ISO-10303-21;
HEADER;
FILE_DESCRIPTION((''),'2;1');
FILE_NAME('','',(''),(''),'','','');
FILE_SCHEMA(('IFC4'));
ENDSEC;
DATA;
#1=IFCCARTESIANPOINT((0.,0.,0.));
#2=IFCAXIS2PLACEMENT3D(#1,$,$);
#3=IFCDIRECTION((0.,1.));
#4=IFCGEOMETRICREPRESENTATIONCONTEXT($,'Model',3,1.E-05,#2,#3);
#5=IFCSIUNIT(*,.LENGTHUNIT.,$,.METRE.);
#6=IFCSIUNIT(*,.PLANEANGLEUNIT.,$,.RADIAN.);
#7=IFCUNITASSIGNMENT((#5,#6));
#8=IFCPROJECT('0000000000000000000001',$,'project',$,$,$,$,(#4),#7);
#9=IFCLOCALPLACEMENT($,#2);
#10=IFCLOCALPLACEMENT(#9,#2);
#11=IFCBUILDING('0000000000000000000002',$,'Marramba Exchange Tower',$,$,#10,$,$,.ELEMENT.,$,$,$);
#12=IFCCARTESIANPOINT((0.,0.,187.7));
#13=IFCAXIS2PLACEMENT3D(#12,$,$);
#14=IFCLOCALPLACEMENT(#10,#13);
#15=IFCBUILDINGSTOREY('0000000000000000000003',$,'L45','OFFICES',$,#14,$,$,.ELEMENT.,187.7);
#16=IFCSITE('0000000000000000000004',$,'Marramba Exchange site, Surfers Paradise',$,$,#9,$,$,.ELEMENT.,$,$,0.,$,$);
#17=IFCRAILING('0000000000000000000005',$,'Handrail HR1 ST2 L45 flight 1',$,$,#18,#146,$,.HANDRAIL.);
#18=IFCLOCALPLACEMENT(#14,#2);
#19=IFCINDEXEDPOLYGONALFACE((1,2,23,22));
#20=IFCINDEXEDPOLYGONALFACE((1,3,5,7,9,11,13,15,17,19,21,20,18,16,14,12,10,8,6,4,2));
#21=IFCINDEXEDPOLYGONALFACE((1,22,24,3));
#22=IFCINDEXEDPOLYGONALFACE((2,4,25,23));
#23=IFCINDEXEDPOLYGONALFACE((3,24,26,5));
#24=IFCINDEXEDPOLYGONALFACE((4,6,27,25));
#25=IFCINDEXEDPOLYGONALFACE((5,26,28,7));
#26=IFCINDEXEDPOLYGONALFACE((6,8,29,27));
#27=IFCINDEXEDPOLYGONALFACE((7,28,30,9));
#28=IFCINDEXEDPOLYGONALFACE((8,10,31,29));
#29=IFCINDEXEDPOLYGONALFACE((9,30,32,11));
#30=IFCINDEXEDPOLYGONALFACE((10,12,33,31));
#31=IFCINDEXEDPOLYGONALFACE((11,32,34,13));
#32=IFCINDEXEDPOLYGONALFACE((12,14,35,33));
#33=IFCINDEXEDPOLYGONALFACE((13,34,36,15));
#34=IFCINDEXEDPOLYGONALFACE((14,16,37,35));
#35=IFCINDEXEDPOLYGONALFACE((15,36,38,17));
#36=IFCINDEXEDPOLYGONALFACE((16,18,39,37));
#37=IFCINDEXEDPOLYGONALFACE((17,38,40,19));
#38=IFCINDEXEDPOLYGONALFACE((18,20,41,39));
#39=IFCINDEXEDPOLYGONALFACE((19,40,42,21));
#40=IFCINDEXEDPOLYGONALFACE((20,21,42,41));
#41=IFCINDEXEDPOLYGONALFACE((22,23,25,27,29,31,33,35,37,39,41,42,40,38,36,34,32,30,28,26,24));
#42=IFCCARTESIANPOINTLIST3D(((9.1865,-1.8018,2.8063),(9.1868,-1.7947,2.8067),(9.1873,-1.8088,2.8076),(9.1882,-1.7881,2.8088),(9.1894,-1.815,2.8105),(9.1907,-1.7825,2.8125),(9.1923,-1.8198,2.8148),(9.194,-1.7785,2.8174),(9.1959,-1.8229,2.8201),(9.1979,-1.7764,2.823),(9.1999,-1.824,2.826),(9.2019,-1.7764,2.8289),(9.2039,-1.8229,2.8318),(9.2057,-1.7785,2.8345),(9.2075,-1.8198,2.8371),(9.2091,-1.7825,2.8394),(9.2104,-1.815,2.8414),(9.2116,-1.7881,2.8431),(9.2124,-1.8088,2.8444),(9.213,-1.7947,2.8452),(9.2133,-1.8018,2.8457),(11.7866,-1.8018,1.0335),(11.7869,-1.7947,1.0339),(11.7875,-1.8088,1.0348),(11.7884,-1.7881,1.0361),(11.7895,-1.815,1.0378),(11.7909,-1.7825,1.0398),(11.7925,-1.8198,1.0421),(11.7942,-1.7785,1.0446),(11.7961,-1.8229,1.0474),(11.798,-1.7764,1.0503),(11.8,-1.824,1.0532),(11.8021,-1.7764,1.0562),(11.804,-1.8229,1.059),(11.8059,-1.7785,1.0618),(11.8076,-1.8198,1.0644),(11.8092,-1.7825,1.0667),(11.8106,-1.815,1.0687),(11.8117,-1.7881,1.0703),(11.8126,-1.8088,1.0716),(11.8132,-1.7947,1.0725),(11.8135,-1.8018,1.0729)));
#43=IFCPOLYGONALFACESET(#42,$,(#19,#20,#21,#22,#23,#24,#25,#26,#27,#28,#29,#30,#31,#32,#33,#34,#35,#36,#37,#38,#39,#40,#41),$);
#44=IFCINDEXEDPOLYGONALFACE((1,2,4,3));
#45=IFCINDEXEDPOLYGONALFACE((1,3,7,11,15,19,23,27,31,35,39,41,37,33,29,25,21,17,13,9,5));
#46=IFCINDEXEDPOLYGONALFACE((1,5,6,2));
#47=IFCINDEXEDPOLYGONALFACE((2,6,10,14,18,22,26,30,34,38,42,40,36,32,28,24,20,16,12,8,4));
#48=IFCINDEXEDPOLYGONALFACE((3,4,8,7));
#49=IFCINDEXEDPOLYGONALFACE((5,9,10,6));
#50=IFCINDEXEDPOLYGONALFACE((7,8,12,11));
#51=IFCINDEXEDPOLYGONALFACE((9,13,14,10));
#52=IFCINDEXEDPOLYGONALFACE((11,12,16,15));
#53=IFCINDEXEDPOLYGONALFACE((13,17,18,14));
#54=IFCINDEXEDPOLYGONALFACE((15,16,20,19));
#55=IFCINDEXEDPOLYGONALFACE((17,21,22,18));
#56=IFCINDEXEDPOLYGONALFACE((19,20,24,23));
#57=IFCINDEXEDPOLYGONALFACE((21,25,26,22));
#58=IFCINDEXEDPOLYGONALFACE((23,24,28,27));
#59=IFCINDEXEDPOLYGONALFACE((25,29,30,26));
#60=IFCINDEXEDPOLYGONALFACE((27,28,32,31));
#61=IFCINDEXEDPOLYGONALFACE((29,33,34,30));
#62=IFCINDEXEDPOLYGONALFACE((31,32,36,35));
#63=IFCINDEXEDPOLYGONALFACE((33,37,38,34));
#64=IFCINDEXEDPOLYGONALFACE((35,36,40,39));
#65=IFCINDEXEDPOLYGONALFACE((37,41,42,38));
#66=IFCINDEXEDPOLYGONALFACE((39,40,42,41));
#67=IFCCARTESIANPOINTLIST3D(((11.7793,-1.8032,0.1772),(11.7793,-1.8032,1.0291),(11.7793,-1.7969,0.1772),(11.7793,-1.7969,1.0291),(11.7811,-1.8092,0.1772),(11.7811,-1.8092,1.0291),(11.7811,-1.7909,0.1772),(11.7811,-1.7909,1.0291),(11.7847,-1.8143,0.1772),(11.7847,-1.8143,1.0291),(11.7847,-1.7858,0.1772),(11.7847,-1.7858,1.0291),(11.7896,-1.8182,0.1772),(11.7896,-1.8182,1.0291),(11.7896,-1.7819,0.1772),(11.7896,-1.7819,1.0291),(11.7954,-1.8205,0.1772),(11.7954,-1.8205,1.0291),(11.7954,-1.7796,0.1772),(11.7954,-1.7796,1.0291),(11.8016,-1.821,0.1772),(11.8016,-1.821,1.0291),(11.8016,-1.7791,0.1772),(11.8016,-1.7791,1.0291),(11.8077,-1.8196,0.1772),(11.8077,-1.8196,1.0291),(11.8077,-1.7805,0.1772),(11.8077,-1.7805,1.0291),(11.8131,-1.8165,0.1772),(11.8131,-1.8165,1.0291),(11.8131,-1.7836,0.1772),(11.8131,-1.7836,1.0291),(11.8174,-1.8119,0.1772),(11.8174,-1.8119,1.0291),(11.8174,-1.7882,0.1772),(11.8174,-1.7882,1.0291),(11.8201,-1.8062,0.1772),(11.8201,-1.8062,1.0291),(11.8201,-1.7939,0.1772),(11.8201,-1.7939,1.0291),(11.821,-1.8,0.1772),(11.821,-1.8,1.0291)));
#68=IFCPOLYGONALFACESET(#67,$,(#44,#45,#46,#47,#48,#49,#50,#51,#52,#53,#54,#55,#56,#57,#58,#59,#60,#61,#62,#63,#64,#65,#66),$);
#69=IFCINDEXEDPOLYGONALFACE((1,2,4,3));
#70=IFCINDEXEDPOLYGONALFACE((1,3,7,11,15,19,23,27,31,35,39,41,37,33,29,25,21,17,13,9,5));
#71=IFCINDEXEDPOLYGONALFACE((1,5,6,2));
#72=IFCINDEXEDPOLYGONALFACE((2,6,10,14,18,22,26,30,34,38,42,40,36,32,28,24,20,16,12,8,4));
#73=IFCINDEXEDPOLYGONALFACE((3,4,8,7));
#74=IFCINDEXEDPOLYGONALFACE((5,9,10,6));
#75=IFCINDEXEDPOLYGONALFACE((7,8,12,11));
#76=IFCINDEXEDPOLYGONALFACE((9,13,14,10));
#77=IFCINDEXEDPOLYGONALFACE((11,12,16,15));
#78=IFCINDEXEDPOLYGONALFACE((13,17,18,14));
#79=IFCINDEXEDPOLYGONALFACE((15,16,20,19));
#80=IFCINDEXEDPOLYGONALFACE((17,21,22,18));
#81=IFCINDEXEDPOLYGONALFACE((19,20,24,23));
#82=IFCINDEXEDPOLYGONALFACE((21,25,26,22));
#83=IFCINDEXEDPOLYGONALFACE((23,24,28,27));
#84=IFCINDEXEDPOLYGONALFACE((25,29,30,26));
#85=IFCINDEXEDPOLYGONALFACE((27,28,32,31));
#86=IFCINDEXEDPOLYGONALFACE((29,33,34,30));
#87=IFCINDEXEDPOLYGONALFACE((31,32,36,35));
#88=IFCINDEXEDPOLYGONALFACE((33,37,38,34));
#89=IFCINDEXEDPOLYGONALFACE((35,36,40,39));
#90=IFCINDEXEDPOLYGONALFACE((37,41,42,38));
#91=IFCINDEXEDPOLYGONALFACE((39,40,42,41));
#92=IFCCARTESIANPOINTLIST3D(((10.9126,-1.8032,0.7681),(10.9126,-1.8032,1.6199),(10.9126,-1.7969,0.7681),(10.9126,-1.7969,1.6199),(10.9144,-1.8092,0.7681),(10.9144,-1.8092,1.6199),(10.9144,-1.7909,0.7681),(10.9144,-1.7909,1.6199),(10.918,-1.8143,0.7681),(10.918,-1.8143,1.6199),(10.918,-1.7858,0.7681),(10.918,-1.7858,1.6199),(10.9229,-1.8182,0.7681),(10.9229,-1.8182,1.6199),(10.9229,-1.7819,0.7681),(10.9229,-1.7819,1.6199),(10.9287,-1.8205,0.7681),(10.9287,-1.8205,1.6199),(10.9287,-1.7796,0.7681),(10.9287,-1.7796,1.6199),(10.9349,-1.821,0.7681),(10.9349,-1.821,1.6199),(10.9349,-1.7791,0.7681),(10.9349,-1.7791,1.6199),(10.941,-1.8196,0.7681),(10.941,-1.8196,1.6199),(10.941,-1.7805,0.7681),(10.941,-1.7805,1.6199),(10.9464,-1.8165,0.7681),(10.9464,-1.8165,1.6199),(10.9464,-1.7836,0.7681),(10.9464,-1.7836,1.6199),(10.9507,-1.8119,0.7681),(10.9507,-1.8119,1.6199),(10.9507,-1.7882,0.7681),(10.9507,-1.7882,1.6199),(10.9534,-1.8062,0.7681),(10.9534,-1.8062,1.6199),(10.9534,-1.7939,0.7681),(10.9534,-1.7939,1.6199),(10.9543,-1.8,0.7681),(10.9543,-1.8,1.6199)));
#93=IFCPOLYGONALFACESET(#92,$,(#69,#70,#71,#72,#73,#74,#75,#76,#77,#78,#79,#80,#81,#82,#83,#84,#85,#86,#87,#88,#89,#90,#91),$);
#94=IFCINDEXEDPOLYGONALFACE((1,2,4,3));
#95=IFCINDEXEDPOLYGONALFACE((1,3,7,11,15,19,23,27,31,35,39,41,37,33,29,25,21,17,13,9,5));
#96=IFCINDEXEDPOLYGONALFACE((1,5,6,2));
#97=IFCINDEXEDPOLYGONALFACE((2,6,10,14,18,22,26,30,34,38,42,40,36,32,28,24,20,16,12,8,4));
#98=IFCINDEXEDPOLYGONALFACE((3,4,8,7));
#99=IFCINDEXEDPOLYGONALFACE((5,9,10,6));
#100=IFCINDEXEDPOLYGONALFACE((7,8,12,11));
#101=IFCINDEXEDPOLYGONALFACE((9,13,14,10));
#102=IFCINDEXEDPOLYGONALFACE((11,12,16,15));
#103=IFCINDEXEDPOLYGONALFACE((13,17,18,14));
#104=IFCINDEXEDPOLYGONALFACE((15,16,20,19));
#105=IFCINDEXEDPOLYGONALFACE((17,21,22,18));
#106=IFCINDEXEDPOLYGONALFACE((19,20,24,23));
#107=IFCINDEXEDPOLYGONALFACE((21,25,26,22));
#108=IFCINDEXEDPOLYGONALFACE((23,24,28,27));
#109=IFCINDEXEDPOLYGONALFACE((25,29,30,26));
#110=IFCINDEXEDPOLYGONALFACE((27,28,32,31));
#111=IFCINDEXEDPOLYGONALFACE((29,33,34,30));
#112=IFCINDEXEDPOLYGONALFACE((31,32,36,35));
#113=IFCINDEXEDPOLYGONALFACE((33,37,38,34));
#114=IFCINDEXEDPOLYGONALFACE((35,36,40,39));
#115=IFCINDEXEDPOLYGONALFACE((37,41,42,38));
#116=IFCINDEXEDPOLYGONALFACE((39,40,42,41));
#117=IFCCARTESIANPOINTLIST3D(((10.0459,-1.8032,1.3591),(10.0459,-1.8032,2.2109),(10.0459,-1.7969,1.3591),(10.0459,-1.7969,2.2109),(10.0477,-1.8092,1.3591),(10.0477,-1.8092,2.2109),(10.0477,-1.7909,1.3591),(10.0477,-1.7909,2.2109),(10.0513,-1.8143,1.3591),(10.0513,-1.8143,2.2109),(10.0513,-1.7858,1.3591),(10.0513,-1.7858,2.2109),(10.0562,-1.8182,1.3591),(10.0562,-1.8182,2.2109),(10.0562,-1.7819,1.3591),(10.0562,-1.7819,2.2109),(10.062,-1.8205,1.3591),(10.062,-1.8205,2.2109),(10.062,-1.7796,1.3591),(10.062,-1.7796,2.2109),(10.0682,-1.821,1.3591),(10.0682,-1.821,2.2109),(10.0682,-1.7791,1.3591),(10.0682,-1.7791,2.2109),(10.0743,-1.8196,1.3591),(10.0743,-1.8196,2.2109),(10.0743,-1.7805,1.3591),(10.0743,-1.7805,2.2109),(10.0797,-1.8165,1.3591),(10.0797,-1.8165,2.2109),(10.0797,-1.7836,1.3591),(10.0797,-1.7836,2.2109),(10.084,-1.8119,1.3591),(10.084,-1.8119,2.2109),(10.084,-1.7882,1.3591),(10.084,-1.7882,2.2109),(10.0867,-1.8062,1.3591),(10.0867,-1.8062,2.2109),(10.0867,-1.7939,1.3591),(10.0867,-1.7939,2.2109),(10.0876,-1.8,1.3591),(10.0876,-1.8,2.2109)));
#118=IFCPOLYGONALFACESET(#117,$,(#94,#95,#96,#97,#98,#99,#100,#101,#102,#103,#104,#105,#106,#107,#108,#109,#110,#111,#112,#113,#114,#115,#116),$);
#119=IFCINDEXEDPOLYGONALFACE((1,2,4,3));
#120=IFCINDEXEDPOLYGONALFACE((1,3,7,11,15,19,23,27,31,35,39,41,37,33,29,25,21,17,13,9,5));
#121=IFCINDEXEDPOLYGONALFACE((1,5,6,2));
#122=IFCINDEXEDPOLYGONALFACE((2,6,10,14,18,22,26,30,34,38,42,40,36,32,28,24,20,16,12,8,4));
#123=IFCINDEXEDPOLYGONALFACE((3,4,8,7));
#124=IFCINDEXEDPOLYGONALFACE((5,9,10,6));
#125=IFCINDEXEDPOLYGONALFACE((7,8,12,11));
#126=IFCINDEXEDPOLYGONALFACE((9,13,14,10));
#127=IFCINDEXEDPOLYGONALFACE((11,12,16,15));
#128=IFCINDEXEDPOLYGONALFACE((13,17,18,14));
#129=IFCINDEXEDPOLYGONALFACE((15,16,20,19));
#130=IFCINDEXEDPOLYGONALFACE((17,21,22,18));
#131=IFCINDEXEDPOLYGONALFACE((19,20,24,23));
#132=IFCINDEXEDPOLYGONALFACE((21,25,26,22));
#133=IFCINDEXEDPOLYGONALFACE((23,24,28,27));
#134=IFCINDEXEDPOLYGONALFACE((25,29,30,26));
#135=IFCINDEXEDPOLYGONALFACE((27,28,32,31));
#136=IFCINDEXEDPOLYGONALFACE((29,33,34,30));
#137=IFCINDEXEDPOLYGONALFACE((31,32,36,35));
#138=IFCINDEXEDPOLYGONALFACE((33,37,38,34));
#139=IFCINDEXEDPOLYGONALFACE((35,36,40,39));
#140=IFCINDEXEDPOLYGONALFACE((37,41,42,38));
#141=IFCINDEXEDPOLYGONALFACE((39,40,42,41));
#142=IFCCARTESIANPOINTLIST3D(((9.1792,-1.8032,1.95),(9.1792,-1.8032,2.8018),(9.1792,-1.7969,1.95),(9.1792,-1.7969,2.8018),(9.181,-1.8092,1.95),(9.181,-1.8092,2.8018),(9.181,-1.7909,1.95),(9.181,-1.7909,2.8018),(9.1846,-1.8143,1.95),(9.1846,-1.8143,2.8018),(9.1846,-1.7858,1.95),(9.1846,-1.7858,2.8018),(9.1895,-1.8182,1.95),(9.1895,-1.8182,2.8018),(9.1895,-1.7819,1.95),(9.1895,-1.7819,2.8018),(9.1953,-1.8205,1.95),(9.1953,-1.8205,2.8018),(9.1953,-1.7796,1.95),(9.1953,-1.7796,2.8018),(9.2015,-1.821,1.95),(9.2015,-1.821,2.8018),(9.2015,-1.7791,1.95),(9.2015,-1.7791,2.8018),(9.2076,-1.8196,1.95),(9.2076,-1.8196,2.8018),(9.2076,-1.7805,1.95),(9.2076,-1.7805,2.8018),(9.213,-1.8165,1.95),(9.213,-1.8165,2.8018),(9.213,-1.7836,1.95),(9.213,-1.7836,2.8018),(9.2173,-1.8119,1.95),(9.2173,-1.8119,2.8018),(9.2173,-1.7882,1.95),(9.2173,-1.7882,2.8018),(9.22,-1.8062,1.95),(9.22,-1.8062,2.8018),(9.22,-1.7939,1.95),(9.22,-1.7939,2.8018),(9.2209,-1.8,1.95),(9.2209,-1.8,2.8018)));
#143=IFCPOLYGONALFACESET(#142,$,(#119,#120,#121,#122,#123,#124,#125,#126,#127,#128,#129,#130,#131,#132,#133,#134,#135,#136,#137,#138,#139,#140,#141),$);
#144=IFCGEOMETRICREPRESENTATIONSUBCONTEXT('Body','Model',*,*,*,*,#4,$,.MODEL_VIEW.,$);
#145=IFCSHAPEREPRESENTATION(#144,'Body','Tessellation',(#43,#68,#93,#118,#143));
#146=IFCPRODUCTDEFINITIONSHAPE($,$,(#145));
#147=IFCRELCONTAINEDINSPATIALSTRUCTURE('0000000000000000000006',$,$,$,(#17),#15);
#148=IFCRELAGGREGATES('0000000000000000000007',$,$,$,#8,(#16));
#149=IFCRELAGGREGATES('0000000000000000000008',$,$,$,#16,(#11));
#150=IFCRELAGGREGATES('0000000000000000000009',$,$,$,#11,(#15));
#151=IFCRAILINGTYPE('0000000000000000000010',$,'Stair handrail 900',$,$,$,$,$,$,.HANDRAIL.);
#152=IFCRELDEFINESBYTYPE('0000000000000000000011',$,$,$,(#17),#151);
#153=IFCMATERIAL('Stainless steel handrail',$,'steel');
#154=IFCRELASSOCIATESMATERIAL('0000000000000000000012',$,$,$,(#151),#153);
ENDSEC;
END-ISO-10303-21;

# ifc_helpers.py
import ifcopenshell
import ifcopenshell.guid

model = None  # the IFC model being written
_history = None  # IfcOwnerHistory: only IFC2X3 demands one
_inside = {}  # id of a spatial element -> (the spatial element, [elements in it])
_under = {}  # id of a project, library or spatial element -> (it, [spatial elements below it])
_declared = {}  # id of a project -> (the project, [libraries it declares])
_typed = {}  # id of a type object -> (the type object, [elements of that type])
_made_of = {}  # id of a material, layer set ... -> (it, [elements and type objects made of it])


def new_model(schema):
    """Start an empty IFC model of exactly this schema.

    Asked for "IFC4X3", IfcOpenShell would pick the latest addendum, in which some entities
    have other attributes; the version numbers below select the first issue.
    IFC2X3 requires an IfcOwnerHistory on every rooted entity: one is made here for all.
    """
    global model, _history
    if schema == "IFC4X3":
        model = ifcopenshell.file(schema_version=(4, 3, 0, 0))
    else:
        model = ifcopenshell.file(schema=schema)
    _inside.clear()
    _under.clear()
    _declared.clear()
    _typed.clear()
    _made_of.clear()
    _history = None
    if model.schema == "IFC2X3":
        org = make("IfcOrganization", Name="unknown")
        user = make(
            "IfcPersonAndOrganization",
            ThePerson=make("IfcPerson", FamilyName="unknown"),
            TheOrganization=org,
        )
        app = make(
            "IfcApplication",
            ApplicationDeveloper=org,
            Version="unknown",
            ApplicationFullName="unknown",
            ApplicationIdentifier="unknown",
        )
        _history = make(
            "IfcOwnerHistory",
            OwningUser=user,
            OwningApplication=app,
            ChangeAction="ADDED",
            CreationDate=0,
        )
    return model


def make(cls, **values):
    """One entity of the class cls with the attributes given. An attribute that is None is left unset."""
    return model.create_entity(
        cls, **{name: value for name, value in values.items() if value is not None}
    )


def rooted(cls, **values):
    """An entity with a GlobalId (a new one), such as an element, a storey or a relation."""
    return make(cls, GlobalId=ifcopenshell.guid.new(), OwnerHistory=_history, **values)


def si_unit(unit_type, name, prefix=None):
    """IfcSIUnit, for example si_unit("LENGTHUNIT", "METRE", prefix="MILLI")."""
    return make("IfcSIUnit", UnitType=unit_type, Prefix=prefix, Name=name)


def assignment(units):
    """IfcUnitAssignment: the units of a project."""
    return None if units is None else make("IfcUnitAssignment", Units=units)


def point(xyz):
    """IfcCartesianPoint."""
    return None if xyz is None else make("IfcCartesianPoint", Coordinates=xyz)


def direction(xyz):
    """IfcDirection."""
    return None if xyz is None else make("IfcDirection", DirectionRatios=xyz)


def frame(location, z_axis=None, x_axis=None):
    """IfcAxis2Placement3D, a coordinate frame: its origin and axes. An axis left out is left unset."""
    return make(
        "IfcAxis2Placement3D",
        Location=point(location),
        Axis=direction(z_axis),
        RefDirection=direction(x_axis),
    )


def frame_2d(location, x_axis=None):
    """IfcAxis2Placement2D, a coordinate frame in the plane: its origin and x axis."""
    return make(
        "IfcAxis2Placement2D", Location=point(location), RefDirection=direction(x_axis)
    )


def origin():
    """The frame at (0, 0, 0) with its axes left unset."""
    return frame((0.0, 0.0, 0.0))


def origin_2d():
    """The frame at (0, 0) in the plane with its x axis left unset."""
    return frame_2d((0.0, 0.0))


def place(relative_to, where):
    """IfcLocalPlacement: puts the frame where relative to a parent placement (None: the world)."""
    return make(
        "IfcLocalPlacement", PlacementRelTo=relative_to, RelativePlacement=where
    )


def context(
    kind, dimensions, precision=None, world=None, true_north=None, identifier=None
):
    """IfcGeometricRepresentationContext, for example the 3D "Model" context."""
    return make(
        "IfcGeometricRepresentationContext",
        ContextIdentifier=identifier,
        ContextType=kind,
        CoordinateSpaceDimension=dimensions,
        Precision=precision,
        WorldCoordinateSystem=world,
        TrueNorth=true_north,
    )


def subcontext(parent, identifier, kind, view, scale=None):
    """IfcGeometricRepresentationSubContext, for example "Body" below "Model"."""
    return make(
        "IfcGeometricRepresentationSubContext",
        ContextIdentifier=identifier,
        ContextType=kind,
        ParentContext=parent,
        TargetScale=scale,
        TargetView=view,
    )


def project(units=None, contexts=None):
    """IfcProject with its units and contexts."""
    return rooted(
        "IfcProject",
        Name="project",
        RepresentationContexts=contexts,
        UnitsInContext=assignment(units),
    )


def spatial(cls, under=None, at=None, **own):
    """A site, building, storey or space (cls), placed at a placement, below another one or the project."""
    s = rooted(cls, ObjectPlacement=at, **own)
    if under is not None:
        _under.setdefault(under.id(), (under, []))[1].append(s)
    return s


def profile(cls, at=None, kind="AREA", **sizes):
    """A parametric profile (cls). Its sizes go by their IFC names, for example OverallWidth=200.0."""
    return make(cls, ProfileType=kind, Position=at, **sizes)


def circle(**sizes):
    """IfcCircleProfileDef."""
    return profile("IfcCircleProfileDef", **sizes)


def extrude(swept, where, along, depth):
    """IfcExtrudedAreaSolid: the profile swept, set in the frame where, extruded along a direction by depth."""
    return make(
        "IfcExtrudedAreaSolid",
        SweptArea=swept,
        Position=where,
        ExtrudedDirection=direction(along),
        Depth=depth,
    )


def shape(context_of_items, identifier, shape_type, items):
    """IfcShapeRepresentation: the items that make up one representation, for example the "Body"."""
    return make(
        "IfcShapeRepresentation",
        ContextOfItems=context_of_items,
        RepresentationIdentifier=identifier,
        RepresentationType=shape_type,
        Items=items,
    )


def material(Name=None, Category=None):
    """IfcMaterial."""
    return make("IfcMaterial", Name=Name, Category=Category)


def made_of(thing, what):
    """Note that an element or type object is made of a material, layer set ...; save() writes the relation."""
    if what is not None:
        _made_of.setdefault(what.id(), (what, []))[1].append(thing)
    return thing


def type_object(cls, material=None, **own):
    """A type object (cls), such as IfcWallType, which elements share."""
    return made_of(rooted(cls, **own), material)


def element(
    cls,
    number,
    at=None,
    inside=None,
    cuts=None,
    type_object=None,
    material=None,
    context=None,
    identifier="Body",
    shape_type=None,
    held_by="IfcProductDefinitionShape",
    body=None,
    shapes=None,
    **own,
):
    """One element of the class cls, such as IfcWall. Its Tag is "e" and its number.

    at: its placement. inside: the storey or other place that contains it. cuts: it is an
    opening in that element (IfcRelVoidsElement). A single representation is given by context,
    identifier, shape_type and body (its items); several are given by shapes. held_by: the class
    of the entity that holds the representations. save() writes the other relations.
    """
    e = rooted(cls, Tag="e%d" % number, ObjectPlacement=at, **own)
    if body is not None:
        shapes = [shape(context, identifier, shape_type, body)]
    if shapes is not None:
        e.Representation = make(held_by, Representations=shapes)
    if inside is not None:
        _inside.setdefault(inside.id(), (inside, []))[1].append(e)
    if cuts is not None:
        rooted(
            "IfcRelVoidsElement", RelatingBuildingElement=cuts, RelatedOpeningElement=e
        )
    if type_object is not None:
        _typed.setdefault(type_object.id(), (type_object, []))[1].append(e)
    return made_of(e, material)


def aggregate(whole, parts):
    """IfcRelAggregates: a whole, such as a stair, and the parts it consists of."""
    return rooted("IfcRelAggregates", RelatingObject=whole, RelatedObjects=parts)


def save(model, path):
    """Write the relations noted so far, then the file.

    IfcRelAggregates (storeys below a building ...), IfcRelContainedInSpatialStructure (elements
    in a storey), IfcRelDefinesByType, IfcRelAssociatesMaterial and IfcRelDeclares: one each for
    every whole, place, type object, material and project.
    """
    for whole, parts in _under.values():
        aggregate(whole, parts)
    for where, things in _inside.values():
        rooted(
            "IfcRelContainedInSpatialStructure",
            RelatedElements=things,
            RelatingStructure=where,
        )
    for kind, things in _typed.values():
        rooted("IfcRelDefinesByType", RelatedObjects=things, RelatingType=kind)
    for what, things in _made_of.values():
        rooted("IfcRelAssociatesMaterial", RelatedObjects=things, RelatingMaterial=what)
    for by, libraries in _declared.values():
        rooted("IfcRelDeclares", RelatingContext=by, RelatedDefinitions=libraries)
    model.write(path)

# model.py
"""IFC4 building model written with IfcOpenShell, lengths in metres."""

from ifc_helpers import new_model, si_unit, direction, frame, origin, origin_2d, place, context, subcontext, project, spatial, circle, extrude, material, type_object, element, save


model = new_model("IFC4")

# Units and contexts
model_context = context("Model", 3, precision=1e-05, world=origin(), true_north=direction((0.0, 1.0)))
body_context = subcontext(model_context, "Body", "Model", "MODEL_VIEW")
ifc_project = project(units=[si_unit("LENGTHUNIT", "METRE"), si_unit("PLANEANGLEUNIT", "RADIAN")], contexts=[model_context])

# Site, building, storey
site_placement = place(None, origin())
site = spatial("IfcSite", under=ifc_project, at=site_placement, Name="Marramba Exchange site, Surfers Paradise", CompositionType="ELEMENT", RefElevation=0.0)
building_placement = place(site_placement, origin())
building = spatial("IfcBuilding", under=site, at=building_placement, Name="Marramba Exchange Tower", CompositionType="ELEMENT")
storey_placement = place(building_placement, frame((0.0, 0.0, 187.7)))
storey = spatial("IfcBuildingStorey", under=building, at=storey_placement, Name="L45", Description="OFFICES", CompositionType="ELEMENT", Elevation=187.7)

# Railing
ifc_material_1 = material(Name="Stainless steel handrail", Category="steel")
railing_type = type_object("IfcRailingType", Name="Stair handrail 900", PredefinedType="HANDRAIL", material=ifc_material_1)
railing_placement = place(storey_placement, frame((11.8, -1.8, 0.1772)))
element("IfcRailing", 1, at=railing_placement, inside=storey, type_object=railing_type, Name="Handrail HR1 ST2 L45 flight 1", PredefinedType="HANDRAIL", context=body_context, shape_type="SweptSolid", body=[
    extrude(circle(Radius=0.0239, at=origin_2d()), frame((0.0, 0.0, 0.876), z_axis=(-0.82624, 0.0, 0.563318), x_axis=(0.0, -1.0, 0.0)), (0.0, 0.0, 1.0), 3.147),
    extrude(circle(Radius=0.021, at=origin_2d()), origin(), (0.0, 0.0, 1.0), 0.8518),
    extrude(circle(Radius=0.021, at=origin_2d()), frame((-0.8667, 0.0, 0.5908)), (0.0, 0.0, 1.0), 0.8518),
    extrude(circle(Radius=0.021, at=origin_2d()), frame((-1.7334, 0.0, 1.1819)), (0.0, 0.0, 1.0), 0.8518),
    extrude(circle(Radius=0.021, at=origin_2d()), frame((-2.6001, 0.0, 1.7727)), (0.0, 0.0, 1.0), 0.8518),
])

save(model, "model.ifc")
